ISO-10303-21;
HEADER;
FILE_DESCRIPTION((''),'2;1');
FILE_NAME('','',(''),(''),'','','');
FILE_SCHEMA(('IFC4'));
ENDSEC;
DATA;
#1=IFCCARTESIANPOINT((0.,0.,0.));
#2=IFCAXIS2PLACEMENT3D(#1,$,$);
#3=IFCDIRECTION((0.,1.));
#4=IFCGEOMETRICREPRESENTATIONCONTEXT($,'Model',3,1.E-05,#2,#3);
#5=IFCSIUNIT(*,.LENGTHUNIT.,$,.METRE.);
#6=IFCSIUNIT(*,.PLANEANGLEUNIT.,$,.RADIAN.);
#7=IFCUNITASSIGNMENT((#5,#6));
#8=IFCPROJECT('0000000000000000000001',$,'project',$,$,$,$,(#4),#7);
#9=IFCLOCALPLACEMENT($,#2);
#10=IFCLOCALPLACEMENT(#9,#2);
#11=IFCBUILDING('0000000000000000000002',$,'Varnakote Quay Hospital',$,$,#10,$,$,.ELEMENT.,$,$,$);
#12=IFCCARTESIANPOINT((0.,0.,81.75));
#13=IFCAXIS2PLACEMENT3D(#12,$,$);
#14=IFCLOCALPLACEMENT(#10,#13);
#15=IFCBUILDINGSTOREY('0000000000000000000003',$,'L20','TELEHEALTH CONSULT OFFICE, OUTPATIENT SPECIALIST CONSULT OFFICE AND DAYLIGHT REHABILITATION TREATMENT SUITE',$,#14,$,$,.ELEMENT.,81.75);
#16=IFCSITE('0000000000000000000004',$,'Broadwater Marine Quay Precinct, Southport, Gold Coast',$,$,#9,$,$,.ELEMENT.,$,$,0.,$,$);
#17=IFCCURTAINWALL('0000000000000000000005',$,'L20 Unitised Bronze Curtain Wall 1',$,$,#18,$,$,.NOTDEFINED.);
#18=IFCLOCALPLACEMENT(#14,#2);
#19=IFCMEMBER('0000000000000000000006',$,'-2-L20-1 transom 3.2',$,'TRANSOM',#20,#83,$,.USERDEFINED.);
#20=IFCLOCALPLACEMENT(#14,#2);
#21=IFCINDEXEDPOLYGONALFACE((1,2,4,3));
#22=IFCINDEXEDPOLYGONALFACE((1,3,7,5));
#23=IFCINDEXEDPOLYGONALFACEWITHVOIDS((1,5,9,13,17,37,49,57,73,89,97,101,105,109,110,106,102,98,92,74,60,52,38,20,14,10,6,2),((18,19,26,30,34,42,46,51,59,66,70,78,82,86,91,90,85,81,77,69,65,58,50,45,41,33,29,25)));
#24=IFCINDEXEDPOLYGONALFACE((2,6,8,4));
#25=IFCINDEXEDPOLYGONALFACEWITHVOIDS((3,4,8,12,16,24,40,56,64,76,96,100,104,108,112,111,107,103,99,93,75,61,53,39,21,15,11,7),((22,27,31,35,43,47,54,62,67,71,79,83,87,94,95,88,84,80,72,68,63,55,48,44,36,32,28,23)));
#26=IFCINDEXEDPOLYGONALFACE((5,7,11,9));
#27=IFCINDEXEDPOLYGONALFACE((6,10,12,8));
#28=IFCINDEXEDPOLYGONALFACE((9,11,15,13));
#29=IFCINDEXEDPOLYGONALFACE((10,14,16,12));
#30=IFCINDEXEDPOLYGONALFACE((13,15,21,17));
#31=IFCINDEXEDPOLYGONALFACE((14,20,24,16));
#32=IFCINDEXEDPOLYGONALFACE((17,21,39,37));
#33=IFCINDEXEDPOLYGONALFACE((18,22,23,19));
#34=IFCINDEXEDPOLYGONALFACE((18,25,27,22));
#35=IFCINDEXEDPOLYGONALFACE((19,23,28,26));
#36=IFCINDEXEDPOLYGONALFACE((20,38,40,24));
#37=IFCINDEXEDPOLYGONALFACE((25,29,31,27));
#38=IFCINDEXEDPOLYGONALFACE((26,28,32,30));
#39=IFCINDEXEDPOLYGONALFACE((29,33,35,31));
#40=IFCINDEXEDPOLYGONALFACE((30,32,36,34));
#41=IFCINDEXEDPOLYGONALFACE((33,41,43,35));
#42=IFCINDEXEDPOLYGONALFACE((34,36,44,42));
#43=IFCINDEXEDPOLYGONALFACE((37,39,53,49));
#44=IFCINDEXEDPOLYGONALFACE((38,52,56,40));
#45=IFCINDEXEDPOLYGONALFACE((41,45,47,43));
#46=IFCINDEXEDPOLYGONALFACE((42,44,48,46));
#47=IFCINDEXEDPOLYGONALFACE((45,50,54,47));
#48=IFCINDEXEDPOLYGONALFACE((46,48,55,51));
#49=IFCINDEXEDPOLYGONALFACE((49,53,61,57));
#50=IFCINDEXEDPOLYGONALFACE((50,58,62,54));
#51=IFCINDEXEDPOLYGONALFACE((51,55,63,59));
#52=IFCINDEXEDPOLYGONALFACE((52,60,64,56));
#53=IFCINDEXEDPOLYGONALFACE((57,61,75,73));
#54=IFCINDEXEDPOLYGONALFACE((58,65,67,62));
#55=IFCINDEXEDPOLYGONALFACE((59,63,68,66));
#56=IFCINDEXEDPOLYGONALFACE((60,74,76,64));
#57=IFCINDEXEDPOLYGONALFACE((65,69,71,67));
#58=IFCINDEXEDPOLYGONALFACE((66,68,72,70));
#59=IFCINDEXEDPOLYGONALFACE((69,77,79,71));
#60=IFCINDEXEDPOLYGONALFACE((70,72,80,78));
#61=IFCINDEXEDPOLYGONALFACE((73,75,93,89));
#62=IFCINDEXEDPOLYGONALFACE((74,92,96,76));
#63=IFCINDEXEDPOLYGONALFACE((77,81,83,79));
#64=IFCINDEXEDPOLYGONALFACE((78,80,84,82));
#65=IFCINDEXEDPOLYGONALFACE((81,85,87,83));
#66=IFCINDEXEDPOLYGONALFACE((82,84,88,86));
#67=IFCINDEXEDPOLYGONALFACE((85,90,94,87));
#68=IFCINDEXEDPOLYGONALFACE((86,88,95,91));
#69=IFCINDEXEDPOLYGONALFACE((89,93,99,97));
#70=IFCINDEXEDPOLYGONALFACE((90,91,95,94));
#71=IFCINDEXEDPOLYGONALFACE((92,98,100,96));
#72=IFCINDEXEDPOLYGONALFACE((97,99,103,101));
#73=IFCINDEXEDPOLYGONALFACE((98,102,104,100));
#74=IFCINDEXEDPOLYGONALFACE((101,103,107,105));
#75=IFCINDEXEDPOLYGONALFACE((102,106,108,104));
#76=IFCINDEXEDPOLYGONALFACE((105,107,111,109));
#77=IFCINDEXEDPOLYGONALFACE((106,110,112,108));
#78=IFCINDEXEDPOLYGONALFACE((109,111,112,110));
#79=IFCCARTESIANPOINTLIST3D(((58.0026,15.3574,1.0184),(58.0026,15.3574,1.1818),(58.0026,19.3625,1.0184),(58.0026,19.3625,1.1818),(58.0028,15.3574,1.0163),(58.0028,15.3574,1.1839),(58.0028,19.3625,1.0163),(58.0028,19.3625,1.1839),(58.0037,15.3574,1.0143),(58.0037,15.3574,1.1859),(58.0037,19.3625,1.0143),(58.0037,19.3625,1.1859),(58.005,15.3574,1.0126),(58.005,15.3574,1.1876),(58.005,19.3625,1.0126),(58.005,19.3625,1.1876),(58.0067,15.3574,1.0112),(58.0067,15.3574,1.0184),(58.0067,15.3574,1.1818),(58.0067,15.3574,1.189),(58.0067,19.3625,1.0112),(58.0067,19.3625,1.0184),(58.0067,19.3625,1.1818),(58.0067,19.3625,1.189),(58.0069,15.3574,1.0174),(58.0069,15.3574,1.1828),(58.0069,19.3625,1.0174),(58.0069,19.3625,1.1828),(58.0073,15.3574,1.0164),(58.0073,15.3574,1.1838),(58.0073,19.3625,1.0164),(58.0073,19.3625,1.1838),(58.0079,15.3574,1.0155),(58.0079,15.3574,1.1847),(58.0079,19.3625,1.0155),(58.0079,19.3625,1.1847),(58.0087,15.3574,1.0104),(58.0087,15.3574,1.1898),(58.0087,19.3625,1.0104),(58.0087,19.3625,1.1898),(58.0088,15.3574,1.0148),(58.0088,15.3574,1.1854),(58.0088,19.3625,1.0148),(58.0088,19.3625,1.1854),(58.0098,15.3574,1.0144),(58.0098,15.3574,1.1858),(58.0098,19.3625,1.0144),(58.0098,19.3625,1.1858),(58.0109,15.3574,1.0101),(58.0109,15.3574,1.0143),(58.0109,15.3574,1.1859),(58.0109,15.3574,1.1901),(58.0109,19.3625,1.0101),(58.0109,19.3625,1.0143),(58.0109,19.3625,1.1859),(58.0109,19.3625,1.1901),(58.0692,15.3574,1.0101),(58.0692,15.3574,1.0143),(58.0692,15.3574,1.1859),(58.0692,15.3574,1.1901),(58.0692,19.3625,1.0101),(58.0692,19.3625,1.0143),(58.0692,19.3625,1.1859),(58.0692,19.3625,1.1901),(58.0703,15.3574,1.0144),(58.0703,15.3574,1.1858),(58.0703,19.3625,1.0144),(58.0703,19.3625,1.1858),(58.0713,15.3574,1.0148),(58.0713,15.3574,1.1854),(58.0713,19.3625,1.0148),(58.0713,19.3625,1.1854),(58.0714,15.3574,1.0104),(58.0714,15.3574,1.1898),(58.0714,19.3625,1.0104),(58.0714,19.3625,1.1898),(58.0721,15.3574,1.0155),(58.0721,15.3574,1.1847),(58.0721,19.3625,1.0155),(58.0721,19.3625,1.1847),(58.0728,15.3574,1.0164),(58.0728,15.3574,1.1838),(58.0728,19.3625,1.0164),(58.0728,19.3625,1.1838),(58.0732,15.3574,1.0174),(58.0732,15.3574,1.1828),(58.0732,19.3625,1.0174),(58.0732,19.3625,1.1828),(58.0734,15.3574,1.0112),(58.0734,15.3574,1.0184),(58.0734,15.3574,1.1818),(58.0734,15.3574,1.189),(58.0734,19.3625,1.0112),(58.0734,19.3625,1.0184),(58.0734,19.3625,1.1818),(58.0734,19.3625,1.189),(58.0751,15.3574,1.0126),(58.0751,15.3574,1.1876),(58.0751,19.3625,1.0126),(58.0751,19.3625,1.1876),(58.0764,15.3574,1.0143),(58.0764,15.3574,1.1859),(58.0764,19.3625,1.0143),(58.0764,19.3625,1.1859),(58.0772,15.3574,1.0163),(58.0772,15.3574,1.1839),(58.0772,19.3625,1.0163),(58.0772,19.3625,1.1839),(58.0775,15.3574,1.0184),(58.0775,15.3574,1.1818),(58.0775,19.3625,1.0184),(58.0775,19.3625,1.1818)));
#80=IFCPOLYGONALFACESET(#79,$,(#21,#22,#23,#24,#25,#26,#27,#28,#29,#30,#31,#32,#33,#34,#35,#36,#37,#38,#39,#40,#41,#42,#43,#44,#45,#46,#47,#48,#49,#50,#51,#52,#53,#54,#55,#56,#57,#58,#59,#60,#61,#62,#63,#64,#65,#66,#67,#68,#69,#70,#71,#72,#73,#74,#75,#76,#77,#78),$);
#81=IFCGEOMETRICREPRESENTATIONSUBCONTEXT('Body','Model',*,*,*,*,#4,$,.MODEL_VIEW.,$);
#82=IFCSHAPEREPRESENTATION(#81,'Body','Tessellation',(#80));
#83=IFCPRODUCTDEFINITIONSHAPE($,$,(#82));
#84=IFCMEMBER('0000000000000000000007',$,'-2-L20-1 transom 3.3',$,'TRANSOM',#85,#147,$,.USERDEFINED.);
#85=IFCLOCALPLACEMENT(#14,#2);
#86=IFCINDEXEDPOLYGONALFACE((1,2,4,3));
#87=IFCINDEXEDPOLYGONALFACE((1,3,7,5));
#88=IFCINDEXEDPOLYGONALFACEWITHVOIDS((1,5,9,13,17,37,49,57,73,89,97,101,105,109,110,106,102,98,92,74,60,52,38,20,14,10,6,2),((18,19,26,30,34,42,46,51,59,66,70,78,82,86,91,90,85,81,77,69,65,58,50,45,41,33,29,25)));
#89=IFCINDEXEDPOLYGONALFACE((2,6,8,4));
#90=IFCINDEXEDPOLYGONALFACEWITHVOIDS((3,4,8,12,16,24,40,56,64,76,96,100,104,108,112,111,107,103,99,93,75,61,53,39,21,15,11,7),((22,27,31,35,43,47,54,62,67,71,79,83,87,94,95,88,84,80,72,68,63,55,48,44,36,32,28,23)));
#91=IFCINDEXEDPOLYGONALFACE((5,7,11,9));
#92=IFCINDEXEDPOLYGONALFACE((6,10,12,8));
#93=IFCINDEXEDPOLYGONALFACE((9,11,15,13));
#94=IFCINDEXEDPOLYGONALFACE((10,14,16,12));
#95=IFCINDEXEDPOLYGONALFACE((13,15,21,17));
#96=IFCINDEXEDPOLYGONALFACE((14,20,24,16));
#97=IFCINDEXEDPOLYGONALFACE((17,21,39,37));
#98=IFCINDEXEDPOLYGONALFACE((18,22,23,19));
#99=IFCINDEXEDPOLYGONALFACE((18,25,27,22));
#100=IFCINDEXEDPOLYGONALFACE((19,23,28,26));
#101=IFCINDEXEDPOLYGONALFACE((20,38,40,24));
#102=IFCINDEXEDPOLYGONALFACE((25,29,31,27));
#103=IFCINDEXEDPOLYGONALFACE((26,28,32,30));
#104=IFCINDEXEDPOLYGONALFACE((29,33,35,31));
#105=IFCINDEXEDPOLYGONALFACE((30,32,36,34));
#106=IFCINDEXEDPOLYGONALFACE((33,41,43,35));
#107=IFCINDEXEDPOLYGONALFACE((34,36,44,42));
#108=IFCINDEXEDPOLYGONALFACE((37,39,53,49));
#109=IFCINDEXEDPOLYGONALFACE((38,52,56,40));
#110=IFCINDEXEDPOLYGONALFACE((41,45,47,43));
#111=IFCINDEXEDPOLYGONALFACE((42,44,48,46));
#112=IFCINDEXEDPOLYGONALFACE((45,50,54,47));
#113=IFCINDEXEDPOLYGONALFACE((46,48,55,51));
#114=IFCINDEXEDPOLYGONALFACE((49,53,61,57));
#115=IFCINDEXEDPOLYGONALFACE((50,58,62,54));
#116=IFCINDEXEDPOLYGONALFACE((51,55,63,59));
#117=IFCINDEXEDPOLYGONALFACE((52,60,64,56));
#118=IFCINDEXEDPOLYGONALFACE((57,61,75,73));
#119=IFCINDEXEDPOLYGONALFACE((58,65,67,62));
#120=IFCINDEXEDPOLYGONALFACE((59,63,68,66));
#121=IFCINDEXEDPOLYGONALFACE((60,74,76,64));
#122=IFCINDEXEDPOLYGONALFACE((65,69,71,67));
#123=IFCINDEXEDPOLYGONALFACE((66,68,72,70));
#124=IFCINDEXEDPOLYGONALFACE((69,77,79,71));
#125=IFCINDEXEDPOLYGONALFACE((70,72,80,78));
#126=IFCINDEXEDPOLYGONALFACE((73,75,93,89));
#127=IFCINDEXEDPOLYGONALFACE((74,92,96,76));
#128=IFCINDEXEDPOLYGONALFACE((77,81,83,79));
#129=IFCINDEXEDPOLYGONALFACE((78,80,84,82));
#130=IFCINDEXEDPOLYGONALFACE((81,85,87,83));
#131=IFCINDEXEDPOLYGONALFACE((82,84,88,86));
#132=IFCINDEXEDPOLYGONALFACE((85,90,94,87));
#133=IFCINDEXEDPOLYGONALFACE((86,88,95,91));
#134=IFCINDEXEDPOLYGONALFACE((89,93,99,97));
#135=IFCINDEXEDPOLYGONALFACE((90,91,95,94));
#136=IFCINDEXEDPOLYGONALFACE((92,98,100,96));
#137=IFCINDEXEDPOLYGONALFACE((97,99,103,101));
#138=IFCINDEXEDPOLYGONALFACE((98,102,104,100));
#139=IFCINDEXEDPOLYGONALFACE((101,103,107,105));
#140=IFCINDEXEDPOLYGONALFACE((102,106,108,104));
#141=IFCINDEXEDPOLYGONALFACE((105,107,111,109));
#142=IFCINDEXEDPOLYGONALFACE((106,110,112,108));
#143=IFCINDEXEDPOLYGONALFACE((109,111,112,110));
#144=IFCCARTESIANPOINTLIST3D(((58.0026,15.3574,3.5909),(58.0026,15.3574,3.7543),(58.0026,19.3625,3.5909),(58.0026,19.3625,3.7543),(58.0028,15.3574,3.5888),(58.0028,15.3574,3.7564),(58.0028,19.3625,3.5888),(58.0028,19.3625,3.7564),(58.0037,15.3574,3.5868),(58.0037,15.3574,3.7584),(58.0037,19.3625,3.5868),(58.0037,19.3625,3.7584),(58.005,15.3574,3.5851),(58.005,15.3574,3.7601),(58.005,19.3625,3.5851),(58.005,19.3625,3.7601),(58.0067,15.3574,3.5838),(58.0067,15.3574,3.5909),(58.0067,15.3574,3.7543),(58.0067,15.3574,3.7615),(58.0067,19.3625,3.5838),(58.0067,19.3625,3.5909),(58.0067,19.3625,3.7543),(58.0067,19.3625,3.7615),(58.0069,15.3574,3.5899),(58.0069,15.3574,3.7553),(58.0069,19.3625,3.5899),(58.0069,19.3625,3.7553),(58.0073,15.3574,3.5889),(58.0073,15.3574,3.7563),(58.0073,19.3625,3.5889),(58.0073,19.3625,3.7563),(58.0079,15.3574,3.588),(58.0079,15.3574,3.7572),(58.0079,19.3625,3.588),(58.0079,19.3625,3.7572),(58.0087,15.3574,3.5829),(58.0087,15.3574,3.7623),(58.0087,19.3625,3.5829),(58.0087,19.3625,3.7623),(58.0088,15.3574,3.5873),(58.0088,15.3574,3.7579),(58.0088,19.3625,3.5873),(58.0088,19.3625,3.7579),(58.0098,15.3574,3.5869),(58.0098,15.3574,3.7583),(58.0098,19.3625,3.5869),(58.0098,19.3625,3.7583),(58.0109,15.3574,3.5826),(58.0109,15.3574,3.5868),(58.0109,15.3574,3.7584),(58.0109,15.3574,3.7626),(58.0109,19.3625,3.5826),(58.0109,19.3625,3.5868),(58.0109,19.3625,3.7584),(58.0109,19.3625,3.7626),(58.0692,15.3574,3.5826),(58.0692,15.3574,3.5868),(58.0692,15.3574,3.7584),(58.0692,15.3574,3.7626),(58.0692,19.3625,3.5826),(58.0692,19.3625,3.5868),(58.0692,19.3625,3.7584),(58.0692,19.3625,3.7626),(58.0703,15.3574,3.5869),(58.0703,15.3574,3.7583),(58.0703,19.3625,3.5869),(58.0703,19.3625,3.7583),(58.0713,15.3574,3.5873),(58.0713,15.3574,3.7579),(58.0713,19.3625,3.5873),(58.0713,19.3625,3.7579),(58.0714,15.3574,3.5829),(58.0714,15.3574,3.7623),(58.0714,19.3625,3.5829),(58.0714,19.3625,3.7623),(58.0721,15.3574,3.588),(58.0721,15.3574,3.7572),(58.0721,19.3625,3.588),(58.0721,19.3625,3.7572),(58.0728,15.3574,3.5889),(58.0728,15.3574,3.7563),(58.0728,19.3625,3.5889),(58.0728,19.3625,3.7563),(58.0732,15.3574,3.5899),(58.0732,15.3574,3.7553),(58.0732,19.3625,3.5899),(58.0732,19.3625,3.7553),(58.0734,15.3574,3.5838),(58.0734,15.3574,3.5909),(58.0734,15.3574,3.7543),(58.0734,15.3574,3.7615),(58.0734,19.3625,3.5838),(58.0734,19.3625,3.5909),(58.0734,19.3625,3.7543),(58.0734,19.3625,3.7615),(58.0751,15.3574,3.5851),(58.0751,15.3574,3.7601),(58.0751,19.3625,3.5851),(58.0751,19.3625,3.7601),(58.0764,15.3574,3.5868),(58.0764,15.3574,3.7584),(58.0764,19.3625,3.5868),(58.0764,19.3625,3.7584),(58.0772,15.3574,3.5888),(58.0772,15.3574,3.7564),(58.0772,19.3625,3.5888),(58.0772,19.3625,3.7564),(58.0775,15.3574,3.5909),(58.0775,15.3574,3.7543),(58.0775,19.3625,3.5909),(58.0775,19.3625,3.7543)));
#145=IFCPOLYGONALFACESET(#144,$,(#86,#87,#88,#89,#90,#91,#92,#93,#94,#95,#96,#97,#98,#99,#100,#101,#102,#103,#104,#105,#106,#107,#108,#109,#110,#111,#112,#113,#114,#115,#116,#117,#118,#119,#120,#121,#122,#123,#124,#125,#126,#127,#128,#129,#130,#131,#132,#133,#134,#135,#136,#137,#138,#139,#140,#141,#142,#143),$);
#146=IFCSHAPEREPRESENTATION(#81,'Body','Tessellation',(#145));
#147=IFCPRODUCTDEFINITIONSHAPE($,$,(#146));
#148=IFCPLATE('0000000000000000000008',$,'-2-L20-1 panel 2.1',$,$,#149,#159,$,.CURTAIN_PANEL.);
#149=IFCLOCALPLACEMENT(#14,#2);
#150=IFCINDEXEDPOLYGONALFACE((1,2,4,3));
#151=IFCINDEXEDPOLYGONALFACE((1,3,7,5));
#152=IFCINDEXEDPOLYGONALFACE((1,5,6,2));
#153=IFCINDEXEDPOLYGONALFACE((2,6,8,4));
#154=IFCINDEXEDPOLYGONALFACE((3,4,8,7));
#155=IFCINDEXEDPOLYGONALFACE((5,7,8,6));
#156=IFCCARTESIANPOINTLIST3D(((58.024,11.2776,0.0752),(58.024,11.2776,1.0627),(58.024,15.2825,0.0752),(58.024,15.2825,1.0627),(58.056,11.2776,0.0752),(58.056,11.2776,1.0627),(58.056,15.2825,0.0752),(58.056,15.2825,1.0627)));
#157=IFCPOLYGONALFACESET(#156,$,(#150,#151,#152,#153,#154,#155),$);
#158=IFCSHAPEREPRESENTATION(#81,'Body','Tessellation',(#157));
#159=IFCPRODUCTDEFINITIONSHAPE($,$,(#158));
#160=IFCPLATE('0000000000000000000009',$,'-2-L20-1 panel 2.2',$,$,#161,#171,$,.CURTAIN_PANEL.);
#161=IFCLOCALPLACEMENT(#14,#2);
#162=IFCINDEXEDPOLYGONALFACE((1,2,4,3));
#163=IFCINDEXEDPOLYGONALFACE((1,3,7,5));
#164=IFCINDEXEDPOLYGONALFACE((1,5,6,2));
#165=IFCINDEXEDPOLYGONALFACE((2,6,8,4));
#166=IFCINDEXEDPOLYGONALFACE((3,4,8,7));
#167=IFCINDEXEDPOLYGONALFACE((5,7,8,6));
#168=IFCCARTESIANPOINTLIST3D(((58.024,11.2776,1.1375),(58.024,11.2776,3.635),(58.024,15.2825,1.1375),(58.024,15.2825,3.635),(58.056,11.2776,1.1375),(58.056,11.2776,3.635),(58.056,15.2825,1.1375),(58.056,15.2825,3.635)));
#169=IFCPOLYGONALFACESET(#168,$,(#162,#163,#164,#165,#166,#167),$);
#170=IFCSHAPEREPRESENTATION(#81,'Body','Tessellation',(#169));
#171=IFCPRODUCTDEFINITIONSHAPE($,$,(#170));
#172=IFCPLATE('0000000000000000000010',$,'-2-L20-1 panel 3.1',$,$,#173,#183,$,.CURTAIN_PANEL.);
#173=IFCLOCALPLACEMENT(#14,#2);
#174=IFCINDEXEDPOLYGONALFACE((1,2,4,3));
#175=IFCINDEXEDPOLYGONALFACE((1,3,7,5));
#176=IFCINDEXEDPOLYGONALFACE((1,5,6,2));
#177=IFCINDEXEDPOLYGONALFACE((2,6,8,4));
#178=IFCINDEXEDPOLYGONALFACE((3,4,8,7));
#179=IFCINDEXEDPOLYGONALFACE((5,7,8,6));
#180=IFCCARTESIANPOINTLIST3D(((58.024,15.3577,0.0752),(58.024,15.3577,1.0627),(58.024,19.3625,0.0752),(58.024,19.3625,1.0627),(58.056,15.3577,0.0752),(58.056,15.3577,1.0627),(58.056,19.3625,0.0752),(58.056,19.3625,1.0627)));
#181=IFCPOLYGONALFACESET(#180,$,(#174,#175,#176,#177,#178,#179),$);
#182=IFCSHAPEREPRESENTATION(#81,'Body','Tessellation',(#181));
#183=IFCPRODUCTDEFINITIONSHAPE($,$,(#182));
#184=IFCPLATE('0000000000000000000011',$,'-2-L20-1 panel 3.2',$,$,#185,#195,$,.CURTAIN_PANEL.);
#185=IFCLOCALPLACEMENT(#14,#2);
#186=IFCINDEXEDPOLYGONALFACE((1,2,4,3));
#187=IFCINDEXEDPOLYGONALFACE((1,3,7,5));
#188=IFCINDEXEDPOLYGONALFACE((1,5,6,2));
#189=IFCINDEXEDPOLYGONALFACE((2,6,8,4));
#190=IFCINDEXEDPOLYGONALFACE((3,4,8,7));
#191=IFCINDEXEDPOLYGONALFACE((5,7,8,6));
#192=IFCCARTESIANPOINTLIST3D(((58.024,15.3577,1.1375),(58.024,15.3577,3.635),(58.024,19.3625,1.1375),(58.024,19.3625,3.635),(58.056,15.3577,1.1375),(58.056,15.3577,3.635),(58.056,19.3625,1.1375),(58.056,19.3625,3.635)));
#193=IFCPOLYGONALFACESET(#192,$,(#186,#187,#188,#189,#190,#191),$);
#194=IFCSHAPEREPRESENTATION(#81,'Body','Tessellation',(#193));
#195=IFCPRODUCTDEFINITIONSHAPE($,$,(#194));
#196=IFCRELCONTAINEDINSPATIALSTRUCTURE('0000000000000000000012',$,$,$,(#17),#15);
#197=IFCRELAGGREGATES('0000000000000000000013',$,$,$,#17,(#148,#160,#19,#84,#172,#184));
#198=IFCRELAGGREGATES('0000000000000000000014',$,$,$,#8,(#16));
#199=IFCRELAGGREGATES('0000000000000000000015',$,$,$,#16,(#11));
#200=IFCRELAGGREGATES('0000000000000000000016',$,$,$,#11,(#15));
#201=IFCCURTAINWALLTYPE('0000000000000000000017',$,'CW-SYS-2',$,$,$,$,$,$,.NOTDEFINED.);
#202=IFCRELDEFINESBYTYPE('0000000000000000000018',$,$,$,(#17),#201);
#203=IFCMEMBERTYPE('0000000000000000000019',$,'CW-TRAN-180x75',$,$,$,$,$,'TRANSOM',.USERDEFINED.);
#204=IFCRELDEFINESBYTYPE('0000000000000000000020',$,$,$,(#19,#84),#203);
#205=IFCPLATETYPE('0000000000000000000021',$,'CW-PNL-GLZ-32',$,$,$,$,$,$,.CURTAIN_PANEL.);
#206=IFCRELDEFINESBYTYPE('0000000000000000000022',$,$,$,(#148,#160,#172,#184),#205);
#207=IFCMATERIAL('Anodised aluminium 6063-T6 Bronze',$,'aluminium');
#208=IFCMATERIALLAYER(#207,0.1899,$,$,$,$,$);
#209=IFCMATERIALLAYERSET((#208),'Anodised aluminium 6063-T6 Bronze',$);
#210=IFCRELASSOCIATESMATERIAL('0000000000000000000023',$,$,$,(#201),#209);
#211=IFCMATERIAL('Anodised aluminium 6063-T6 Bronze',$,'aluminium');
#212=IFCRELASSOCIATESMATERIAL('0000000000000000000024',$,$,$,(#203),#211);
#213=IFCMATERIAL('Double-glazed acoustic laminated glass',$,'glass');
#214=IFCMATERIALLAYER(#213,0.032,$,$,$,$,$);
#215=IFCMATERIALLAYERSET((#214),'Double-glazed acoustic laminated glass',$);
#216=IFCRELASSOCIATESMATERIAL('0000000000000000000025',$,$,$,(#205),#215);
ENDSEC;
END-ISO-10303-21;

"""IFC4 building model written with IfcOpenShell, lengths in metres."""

from ifc_helpers import new_model, si_unit, direction, frame, origin, origin_2d, place, context, subcontext, project, spatial, rectangle, hollow_rectangle, extrude, material, layer, layer_set, material_profile, profile_set, type_object, element, aggregate, save


model = new_model("IFC4")

# Units and contexts
model_context = context("Model", 3, precision=1e-05, world=origin(), true_north=direction((0.0, 1.0)))
body_context = subcontext(model_context, "Body", "Model", "MODEL_VIEW")
ifc_project = project(units=[si_unit("LENGTHUNIT", "METRE"), si_unit("PLANEANGLEUNIT", "RADIAN")], contexts=[model_context])

# Site, building, storey
site_placement = place(None, origin())
site = spatial("IfcSite", under=ifc_project, at=site_placement, Name="Broadwater Marine Quay Precinct, Southport, Gold Coast", CompositionType="ELEMENT", RefElevation=0.0)
building_placement = place(site_placement, origin())
building = spatial("IfcBuilding", under=site, at=building_placement, Name="Varnakote Quay Hospital", CompositionType="ELEMENT")
storey_placement = place(building_placement, frame((0.0, 0.0, 81.75)))
storey = spatial("IfcBuildingStorey", under=building, at=storey_placement, Name="L20", Description="TELEHEALTH CONSULT OFFICE, OUTPATIENT SPECIALIST CONSULT OFFICE AND DAYLIGHT REHABILITATION TREATMENT SUITE", CompositionType="ELEMENT", Elevation=81.75)

# Curtain wall, members, plates
ifc_material_1 = material(Name="Anodised aluminium 6063-T6 Bronze", Category="aluminium")
ifc_layer_1 = layer(ifc_material_1, 0.1899)
ifc_layer_set_1 = layer_set([ifc_layer_1], Name="Anodised aluminium 6063-T6 Bronze")
curtain_wall_type = type_object("IfcCurtainWallType", Name="CW-SYS-2", PredefinedType="NOTDEFINED", material=ifc_layer_set_1)
curtain_wall_placement = place(storey_placement, origin())
curtain_wall = element("IfcCurtainWall", 1, at=curtain_wall_placement, inside=storey, type_object=curtain_wall_type, Name="L20 Unitised Bronze Curtain Wall 1", PredefinedType="NOTDEFINED")
ifc_material_2 = material(Name="Anodised aluminium 6063-T6 Bronze", Category="aluminium")
ifc_material_profile_1 = material_profile(ifc_material_2, hollow_rectangle(XDim=0.075, YDim=0.1799, WallThickness=0.0042, InnerFilletRadius=0.0042, OuterFilletRadius=0.0083, at=origin_2d()), Name="CW-TRAN-180x75")
ifc_profile_set_1 = profile_set([ifc_material_profile_1], Name="Anodised aluminium 6063-T6 Bronze")
member_type_1 = type_object("IfcMemberType", Name="CW-TRAN-180x75", ElementType="TRANSOM", PredefinedType="USERDEFINED", material=ifc_profile_set_1)
member_1_placement = place(storey_placement, frame((58.04, 15.3574, 1.1001), z_axis=(0.0, 1.0, 0.0), x_axis=(-1.0, 0.0, 0.0)))
member_1 = element("IfcMember", 2, at=member_1_placement, type_object=member_type_1, Name="-2-L20-1 transom 3.2", ObjectType="TRANSOM", PredefinedType="USERDEFINED", context=body_context, shape_type="SweptSolid", body=[
    extrude(hollow_rectangle(XDim=0.075, YDim=0.1799, WallThickness=0.0042, InnerFilletRadius=0.0042, OuterFilletRadius=0.0083, at=origin_2d()), origin(), (0.0, 0.0, 1.0), 4.0051),
])
member_2_placement = place(storey_placement, frame((58.04, 15.3574, 3.6726), z_axis=(0.0, 1.0, 0.0), x_axis=(-1.0, 0.0, 0.0)))
member_2 = element("IfcMember", 3, at=member_2_placement, type_object=member_type_1, Name="-2-L20-1 transom 3.3", ObjectType="TRANSOM", PredefinedType="USERDEFINED", context=body_context, shape_type="SweptSolid", body=[
    extrude(hollow_rectangle(XDim=0.075, YDim=0.1799, WallThickness=0.0042, InnerFilletRadius=0.0042, OuterFilletRadius=0.0083, at=origin_2d()), origin(), (0.0, 0.0, 1.0), 4.0051),
])
ifc_material_3 = material(Name="Double-glazed acoustic laminated glass", Category="glass")
ifc_layer_2 = layer(ifc_material_3, 0.032)
ifc_layer_set_2 = layer_set([ifc_layer_2], Name="Double-glazed acoustic laminated glass")
plate_type = type_object("IfcPlateType", Name="CW-PNL-GLZ-32", PredefinedType="CURTAIN_PANEL", material=ifc_layer_set_2)
plate_1_placement = place(storey_placement, frame((58.04, 13.28, 0.0752), z_axis=(0.0, 0.0, 1.0), x_axis=(0.0, 1.0, 0.0)))
plate_1 = element("IfcPlate", 4, at=plate_1_placement, type_object=plate_type, Name="-2-L20-1 panel 2.1", PredefinedType="CURTAIN_PANEL", context=body_context, shape_type="SweptSolid", body=[
    extrude(rectangle(XDim=4.0049, YDim=0.032, at=origin_2d()), origin(), (0.0, 0.0, 1.0), 0.9875),
])
plate_2_placement = place(storey_placement, frame((58.04, 13.28, 1.1375), z_axis=(0.0, 0.0, 1.0), x_axis=(0.0, 1.0, 0.0)))
plate_2 = element("IfcPlate", 5, at=plate_2_placement, type_object=plate_type, Name="-2-L20-1 panel 2.2", PredefinedType="CURTAIN_PANEL", context=body_context, shape_type="SweptSolid", body=[
    extrude(rectangle(XDim=4.0049, YDim=0.032, at=origin_2d()), origin(), (0.0, 0.0, 1.0), 2.4976),
])
plate_3_placement = place(storey_placement, frame((58.04, 17.3601, 0.0752), z_axis=(0.0, 0.0, 1.0), x_axis=(0.0, 1.0, 0.0)))
plate_3 = element("IfcPlate", 6, at=plate_3_placement, type_object=plate_type, Name="-2-L20-1 panel 3.1", PredefinedType="CURTAIN_PANEL", context=body_context, shape_type="SweptSolid", body=[
    extrude(rectangle(XDim=4.0049, YDim=0.032, at=origin_2d()), origin(), (0.0, 0.0, 1.0), 0.9875),
])
plate_4_placement = place(storey_placement, frame((58.04, 17.3601, 1.1375), z_axis=(0.0, 0.0, 1.0), x_axis=(0.0, 1.0, 0.0)))
plate_4 = element("IfcPlate", 7, at=plate_4_placement, type_object=plate_type, Name="-2-L20-1 panel 3.2", PredefinedType="CURTAIN_PANEL", context=body_context, shape_type="SweptSolid", body=[
    extrude(rectangle(XDim=4.0049, YDim=0.032, at=origin_2d()), origin(), (0.0, 0.0, 1.0), 2.4976),
])
aggregate(curtain_wall, [plate_1, plate_2, member_1, member_2, plate_3, plate_4])

save(model, "model.ifc")
